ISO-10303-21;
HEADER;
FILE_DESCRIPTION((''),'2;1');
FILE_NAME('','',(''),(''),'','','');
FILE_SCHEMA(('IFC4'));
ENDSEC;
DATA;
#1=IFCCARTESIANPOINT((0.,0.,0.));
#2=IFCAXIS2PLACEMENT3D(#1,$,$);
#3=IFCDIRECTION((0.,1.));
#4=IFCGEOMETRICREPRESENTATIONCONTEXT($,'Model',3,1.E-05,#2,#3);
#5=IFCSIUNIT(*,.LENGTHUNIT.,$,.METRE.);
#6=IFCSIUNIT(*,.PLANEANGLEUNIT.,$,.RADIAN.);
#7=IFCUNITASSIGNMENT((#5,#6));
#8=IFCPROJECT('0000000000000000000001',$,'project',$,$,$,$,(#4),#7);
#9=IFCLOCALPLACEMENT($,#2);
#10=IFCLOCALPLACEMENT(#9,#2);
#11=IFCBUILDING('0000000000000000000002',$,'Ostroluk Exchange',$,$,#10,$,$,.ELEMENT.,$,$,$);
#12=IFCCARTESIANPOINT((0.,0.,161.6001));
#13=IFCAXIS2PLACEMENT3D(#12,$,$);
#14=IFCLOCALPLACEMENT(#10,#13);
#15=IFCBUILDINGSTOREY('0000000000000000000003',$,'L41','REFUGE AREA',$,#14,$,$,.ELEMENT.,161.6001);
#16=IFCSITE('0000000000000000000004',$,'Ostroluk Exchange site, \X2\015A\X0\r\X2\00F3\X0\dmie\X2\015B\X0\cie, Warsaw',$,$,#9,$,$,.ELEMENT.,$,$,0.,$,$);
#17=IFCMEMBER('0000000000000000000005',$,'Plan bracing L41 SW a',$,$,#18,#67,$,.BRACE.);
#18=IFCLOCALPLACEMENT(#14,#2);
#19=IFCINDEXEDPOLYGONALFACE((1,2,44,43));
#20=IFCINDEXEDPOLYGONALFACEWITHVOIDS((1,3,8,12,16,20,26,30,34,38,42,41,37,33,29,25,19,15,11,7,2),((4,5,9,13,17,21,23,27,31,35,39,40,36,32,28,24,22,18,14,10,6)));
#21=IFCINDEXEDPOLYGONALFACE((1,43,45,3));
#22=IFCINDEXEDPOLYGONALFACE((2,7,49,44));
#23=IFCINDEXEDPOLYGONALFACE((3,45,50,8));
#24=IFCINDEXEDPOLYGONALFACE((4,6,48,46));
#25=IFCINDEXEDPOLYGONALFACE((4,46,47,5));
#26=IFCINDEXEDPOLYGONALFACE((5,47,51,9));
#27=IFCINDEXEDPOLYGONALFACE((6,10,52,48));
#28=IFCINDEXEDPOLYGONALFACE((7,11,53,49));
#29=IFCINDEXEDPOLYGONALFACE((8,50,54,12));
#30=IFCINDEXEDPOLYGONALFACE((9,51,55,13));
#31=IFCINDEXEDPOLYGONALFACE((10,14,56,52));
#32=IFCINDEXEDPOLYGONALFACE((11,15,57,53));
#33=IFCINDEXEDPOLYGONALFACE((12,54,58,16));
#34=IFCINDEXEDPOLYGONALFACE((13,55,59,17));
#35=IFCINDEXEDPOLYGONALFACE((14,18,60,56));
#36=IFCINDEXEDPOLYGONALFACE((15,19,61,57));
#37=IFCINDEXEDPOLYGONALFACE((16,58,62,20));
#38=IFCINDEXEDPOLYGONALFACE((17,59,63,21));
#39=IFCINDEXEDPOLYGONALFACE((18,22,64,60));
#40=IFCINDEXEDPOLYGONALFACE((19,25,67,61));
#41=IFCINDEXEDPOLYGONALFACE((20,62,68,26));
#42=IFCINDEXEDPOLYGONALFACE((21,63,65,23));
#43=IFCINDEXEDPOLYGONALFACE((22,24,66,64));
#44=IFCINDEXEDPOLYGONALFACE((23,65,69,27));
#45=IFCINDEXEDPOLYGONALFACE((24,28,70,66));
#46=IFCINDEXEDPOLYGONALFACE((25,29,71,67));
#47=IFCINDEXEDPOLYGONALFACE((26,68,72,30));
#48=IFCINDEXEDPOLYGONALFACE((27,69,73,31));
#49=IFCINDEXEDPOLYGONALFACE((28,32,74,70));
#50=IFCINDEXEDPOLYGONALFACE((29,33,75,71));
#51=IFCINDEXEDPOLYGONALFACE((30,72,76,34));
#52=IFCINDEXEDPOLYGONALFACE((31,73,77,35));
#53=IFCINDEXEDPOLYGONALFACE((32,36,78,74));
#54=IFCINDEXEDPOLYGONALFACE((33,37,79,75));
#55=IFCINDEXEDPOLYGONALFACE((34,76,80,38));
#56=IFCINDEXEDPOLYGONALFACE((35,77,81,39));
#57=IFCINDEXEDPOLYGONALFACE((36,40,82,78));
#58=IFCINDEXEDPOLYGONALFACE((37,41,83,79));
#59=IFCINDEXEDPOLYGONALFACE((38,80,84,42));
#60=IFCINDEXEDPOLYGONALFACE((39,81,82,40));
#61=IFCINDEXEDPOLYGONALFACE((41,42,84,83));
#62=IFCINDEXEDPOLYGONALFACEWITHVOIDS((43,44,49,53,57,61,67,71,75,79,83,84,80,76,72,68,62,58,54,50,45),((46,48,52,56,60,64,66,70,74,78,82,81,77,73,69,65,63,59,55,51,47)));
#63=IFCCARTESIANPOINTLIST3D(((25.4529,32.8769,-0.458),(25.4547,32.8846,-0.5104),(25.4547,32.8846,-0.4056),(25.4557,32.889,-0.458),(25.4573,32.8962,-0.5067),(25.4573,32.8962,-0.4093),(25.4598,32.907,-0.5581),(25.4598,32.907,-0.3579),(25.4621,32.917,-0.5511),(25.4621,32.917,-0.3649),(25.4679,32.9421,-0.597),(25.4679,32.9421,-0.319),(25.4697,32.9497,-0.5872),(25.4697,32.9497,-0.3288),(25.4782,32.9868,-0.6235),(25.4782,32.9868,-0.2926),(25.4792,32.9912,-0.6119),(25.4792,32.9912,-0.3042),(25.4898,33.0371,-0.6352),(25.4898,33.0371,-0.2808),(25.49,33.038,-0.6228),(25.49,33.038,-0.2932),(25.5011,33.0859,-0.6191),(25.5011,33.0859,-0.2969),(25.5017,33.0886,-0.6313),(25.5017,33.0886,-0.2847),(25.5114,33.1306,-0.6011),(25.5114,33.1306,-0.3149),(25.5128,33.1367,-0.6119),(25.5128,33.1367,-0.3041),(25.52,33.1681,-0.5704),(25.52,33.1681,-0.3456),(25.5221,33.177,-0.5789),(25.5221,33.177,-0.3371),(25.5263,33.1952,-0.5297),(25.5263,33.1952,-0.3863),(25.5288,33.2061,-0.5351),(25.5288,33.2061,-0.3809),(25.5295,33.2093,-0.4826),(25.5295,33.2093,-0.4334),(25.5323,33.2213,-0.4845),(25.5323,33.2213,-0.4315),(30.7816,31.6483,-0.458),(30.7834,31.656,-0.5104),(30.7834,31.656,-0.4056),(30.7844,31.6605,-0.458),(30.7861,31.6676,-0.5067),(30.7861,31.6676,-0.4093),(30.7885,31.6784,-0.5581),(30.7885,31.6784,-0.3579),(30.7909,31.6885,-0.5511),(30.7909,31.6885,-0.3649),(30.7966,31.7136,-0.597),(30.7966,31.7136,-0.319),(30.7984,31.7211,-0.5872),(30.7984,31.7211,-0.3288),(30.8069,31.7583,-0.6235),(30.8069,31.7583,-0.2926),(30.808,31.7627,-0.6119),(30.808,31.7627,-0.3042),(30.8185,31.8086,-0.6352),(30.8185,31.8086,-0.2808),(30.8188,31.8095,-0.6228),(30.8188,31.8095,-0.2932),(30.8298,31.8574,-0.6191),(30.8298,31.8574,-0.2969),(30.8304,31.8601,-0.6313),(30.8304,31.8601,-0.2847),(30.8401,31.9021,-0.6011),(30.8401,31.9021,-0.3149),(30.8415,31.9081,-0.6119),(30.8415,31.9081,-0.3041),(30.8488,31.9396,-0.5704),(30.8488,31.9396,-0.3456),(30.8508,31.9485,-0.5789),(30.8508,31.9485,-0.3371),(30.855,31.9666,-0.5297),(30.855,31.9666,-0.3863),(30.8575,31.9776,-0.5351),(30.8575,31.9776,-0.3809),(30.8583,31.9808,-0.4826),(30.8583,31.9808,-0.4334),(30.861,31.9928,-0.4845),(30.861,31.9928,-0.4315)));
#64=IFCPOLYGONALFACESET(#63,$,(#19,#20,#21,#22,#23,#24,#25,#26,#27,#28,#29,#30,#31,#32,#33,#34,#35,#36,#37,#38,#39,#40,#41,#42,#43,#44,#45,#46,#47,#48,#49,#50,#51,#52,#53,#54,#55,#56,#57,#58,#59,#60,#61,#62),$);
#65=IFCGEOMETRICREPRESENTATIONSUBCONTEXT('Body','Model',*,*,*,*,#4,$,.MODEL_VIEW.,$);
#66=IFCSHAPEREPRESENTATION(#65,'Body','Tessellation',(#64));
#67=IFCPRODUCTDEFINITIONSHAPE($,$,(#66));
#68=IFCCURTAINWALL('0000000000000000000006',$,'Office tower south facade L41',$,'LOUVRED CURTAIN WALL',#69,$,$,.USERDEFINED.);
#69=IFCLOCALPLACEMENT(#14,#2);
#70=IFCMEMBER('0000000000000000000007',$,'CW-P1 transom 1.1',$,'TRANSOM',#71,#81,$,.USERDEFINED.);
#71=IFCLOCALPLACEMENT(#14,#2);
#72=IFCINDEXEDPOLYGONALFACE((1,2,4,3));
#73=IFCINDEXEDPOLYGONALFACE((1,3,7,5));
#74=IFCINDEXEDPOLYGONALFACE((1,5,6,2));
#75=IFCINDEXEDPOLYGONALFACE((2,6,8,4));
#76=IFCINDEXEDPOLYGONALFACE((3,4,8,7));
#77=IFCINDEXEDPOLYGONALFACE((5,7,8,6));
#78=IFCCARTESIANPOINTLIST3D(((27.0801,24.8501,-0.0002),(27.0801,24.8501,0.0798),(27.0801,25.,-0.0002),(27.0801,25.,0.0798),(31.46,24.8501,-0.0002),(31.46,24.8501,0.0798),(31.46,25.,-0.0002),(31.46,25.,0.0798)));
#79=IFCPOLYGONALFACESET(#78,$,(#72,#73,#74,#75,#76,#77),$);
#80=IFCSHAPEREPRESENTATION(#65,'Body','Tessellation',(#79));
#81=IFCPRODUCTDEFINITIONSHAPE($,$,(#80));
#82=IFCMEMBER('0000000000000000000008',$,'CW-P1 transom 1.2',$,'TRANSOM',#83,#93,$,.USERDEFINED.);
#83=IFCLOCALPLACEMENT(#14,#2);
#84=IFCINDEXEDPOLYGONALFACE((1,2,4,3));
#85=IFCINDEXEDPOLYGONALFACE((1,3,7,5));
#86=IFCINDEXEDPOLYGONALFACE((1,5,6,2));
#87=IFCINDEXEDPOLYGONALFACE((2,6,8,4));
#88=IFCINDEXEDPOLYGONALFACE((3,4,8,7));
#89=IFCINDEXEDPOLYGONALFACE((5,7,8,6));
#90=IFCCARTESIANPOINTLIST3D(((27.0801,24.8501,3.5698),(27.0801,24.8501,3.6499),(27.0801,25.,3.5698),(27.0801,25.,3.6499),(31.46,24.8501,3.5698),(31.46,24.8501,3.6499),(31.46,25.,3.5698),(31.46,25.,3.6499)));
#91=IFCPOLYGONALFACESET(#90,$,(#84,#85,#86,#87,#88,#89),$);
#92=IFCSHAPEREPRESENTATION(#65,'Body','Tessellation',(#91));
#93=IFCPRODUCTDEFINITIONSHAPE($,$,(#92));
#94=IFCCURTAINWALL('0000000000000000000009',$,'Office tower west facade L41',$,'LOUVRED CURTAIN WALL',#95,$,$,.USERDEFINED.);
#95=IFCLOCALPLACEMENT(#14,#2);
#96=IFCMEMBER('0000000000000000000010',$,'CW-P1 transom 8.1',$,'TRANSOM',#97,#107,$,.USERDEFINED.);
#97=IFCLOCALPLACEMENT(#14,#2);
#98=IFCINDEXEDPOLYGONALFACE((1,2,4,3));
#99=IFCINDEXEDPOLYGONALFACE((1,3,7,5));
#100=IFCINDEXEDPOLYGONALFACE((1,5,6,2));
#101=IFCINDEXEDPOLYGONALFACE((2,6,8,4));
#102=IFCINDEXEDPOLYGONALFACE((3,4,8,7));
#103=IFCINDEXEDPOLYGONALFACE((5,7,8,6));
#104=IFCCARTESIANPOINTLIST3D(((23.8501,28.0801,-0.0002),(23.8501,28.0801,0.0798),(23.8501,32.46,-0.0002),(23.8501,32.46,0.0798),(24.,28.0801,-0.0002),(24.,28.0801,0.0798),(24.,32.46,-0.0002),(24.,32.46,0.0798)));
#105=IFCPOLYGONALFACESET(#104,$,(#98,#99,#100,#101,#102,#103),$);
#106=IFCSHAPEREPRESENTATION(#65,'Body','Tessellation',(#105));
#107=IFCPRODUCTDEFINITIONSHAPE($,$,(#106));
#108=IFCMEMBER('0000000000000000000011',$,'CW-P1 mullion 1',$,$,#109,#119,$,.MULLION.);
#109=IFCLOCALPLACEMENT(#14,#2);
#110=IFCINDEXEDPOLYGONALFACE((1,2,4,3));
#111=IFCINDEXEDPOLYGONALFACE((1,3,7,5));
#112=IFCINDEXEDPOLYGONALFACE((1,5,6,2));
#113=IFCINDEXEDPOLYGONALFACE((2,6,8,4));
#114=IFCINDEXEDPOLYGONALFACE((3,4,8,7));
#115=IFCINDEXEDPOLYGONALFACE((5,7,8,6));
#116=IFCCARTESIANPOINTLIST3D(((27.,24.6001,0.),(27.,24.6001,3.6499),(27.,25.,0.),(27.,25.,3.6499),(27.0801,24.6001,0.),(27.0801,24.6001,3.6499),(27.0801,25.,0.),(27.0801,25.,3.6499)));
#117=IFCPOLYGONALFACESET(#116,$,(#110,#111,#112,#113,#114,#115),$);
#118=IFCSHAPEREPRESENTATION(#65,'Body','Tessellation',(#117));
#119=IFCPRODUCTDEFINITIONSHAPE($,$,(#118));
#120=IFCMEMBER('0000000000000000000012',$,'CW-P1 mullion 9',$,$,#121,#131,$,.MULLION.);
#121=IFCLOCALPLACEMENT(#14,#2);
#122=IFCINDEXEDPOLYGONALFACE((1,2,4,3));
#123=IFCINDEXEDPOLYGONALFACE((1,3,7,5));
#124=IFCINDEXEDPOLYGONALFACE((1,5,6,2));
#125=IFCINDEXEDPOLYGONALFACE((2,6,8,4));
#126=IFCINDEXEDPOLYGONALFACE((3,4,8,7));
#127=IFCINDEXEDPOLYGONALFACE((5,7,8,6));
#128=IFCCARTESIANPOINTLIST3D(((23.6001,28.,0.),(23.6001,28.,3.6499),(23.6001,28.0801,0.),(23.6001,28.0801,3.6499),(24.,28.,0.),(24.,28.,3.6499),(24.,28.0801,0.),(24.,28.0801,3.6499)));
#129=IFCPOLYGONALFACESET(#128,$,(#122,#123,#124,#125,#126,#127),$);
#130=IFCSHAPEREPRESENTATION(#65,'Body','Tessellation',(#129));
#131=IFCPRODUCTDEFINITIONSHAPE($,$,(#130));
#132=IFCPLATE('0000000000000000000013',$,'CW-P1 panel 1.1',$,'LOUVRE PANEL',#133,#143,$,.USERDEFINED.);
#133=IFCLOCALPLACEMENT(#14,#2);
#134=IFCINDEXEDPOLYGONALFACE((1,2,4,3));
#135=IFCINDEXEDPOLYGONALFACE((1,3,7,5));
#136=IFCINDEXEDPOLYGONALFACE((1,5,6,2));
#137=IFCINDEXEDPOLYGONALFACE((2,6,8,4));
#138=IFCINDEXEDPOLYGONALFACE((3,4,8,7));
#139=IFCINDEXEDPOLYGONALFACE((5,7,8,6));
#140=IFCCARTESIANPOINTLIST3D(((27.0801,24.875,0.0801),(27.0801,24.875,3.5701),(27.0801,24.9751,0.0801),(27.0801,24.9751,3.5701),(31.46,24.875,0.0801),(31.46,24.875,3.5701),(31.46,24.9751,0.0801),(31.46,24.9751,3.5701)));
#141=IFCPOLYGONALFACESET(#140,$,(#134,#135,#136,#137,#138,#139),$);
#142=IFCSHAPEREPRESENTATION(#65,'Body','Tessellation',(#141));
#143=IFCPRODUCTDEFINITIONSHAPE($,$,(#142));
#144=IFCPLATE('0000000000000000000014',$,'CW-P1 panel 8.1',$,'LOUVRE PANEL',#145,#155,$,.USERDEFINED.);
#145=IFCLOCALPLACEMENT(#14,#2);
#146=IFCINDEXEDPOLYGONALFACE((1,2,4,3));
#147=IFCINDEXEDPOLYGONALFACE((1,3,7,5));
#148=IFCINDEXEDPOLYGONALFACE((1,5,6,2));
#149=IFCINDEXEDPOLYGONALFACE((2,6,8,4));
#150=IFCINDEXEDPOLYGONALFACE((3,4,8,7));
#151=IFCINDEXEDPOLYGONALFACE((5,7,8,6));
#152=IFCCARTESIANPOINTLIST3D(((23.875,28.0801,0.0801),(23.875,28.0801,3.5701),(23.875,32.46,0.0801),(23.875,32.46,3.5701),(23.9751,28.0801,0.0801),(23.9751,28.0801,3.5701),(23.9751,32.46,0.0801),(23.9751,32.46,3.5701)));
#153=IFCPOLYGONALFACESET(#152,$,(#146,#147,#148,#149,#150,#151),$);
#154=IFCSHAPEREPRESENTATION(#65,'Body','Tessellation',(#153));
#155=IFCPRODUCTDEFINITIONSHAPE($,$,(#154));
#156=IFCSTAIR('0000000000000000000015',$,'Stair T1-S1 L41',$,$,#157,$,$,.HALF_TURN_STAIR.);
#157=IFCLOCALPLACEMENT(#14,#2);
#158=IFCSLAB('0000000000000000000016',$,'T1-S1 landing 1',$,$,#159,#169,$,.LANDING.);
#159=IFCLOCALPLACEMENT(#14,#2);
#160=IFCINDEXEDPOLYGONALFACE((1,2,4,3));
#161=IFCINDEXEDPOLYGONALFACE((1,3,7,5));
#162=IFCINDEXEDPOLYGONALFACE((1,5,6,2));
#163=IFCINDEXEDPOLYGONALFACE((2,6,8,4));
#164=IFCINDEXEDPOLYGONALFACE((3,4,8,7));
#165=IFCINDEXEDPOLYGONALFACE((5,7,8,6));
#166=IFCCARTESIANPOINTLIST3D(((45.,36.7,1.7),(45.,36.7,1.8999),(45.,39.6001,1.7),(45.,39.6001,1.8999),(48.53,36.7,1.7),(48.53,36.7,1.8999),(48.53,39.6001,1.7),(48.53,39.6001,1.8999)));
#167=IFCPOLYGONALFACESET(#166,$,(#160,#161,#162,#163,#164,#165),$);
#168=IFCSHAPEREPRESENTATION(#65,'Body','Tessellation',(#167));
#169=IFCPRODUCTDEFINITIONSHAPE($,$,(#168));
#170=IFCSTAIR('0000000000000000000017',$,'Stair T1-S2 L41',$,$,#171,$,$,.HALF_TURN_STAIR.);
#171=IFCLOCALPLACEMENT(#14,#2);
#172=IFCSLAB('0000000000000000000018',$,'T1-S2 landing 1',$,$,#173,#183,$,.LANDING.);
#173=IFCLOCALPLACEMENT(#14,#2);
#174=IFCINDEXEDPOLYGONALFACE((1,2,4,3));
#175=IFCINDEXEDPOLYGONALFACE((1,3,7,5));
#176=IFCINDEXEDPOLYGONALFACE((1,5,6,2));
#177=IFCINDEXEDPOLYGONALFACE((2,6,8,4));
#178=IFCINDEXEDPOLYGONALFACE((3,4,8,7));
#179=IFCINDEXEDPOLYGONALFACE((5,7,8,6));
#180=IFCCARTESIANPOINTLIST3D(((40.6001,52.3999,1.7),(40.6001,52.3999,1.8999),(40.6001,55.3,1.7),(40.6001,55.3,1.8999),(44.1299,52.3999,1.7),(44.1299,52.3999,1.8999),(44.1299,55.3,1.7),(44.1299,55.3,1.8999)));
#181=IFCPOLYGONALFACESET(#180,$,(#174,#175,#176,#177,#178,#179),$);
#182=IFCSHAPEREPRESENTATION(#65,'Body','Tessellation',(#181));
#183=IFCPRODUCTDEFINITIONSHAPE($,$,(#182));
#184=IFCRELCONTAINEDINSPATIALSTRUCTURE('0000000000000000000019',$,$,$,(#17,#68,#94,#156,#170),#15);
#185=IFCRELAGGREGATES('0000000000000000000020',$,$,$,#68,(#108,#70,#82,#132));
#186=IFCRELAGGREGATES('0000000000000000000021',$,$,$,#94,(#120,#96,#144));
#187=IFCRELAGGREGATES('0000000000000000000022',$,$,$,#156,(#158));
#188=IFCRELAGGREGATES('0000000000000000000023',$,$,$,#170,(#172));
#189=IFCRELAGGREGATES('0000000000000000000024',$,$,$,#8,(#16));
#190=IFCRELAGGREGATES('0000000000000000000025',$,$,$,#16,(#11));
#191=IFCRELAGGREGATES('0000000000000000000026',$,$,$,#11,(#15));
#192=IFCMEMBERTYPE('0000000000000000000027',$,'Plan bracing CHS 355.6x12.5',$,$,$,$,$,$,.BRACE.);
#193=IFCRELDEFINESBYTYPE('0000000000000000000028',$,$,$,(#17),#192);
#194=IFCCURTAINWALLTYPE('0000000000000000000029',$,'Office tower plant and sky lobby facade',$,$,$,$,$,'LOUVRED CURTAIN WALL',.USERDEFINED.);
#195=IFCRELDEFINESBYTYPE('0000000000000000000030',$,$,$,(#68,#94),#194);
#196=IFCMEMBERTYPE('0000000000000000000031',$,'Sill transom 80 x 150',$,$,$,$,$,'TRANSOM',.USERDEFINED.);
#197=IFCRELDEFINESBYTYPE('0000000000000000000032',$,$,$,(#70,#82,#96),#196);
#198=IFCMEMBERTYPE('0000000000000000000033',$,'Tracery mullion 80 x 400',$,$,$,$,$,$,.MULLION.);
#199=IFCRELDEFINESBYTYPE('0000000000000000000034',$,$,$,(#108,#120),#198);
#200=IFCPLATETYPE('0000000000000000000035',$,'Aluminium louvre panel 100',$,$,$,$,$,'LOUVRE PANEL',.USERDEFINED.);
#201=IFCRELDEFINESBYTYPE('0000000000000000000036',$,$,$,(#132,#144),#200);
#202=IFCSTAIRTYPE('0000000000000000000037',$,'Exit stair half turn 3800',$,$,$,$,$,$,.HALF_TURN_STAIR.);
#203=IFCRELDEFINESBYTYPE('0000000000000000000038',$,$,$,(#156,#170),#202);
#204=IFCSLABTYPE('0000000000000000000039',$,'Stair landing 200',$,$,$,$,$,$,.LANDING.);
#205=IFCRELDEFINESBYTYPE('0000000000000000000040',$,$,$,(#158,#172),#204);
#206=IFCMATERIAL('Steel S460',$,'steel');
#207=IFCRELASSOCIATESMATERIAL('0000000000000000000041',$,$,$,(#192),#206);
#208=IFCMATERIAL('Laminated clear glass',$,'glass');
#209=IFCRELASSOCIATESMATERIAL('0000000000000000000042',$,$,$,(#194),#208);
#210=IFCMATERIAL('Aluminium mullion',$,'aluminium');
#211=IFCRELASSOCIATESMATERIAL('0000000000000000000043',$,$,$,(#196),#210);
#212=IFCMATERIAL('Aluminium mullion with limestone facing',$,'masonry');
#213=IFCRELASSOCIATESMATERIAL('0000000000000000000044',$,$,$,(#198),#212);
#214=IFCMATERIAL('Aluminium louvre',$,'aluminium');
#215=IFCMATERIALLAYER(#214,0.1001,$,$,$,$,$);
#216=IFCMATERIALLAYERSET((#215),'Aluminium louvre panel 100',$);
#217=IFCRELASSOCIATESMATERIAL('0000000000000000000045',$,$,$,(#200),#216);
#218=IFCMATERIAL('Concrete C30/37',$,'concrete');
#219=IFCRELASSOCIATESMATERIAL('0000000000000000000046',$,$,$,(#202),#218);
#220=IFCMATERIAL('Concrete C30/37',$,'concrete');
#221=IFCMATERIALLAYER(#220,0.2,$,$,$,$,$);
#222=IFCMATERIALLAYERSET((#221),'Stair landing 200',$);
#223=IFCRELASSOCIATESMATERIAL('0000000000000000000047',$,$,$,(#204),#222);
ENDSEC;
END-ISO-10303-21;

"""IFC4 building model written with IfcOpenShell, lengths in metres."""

from ifc_helpers import new_model, si_unit, direction, frame, origin, origin_2d, place, context, subcontext, project, spatial, polyline, rectangle, hollow_circle, outline, extrude, material, layer, layer_set, material_profile, profile_set, type_object, element, aggregate, save


model = new_model("IFC4")

# Units and contexts
model_context = context("Model", 3, precision=1e-05, world=origin(), true_north=direction((0.0, 1.0)))
body_context = subcontext(model_context, "Body", "Model", "MODEL_VIEW")
ifc_project = project(units=[si_unit("LENGTHUNIT", "METRE"), si_unit("PLANEANGLEUNIT", "RADIAN")], contexts=[model_context])

# Site, building, storey
site_placement = place(None, origin())
site = spatial("IfcSite", under=ifc_project, at=site_placement, Name="Ostroluk Exchange site, Śródmieście, Warsaw", CompositionType="ELEMENT", RefElevation=0.0)
building_placement = place(site_placement, origin())
building = spatial("IfcBuilding", under=site, at=building_placement, Name="Ostroluk Exchange", CompositionType="ELEMENT")
storey_placement = place(building_placement, frame((0.0, 0.0, 161.6001)))
storey = spatial("IfcBuildingStorey", under=building, at=storey_placement, Name="L41", Description="REFUGE AREA", CompositionType="ELEMENT", Elevation=161.6001)

# Member
ifc_material_1 = material(Name="Steel S460", Category="steel")
ifc_material_profile_1 = material_profile(ifc_material_1, hollow_circle(Radius=0.1777, WallThickness=0.0125, at=origin_2d()), Name="CHS 355.6x12.5")
ifc_profile_set_1 = profile_set([ifc_material_profile_1], Name="Steel S460")
member_type_1 = type_object("IfcMemberType", Name="Plan bracing CHS 355.6x12.5", PredefinedType="BRACE", material=ifc_profile_set_1)
member_1_placement = place(storey_placement, frame((30.8215, 31.8215, -0.458), z_axis=(-0.974438, 0.224657, 0.0), x_axis=(-0.224657, -0.974438, 0.0)))
element("IfcMember", 1, at=member_1_placement, inside=storey, type_object=member_type_1, Name="Plan bracing L41 SW a", PredefinedType="BRACE", context=body_context, shape_type="SweptSolid", body=[
    extrude(hollow_circle(Radius=0.1777, WallThickness=0.0125, at=origin_2d()), origin(), (0.0, 0.0, 1.0), 5.4685),
])

# Curtain wall, members
ifc_material_2 = material(Name="Laminated clear glass", Category="glass")
curtain_wall_type = type_object("IfcCurtainWallType", Name="Office tower plant and sky lobby facade", ElementType="LOUVRED CURTAIN WALL", PredefinedType="USERDEFINED", material=ifc_material_2)
curtain_wall_1_placement = place(storey_placement, origin())
curtain_wall_1 = element("IfcCurtainWall", 2, at=curtain_wall_1_placement, inside=storey, type_object=curtain_wall_type, Name="Office tower south facade L41", ObjectType="LOUVRED CURTAIN WALL", PredefinedType="USERDEFINED")
ifc_material_3 = material(Name="Aluminium mullion", Category="aluminium")
ifc_material_profile_2 = material_profile(ifc_material_3, rectangle(XDim=0.1499, YDim=0.0801, at=origin_2d()), Name="Sill transom 80 x 150")
ifc_profile_set_2 = profile_set([ifc_material_profile_2], Name="Aluminium mullion")
member_type_2 = type_object("IfcMemberType", Name="Sill transom 80 x 150", ElementType="TRANSOM", PredefinedType="USERDEFINED", material=ifc_profile_set_2)
member_2_placement = place(storey_placement, frame((27.0801, 24.925, 0.0398), z_axis=(1.0, 0.0, 0.0), x_axis=(0.0, 1.0, 0.0)))
member_2 = element("IfcMember", 3, at=member_2_placement, type_object=member_type_2, Name="CW-P1 transom 1.1", ObjectType="TRANSOM", PredefinedType="USERDEFINED", context=body_context, shape_type="SweptSolid", body=[
    extrude(rectangle(XDim=0.1499, YDim=0.0801, at=origin_2d()), origin(), (0.0, 0.0, 1.0), 4.3799),
])
member_3_placement = place(storey_placement, frame((27.0801, 24.925, 3.6099), z_axis=(1.0, 0.0, 0.0), x_axis=(0.0, 1.0, 0.0)))
member_3 = element("IfcMember", 4, at=member_3_placement, type_object=member_type_2, Name="CW-P1 transom 1.2", ObjectType="TRANSOM", PredefinedType="USERDEFINED", context=body_context, shape_type="SweptSolid", body=[
    extrude(rectangle(XDim=0.1499, YDim=0.0801, at=origin_2d()), origin(), (0.0, 0.0, 1.0), 4.3799),
])

# Curtain wall, member
curtain_wall_2_placement = place(storey_placement, origin())
curtain_wall_2 = element("IfcCurtainWall", 5, at=curtain_wall_2_placement, inside=storey, type_object=curtain_wall_type, Name="Office tower west facade L41", ObjectType="LOUVRED CURTAIN WALL", PredefinedType="USERDEFINED")
member_4_placement = place(storey_placement, frame((23.925, 32.46, 0.0398), z_axis=(0.0, -1.0, 0.0), x_axis=(1.0, 0.0, 0.0)))
member_4 = element("IfcMember", 6, at=member_4_placement, type_object=member_type_2, Name="CW-P1 transom 8.1", ObjectType="TRANSOM", PredefinedType="USERDEFINED", context=body_context, shape_type="SweptSolid", body=[
    extrude(rectangle(XDim=0.1499, YDim=0.0801, at=origin_2d()), origin(), (0.0, 0.0, 1.0), 4.3799),
])

# Members
ifc_material_4 = material(Name="Aluminium mullion with limestone facing", Category="masonry")
ifc_material_profile_3 = material_profile(ifc_material_4, rectangle(XDim=0.3999, YDim=0.0801, at=origin_2d()), Name="Tracery mullion 80 x 400")
ifc_profile_set_3 = profile_set([ifc_material_profile_3], Name="Aluminium mullion with limestone facing")
member_type_3 = type_object("IfcMemberType", Name="Tracery mullion 80 x 400", PredefinedType="MULLION", material=ifc_profile_set_3)
member_5_placement = place(storey_placement, frame((27.04, 24.8, 0.0), z_axis=(0.0, 0.0, 1.0), x_axis=(0.0, 1.0, 0.0)))
member_5 = element("IfcMember", 7, at=member_5_placement, type_object=member_type_3, Name="CW-P1 mullion 1", PredefinedType="MULLION", context=body_context, shape_type="SweptSolid", body=[
    extrude(rectangle(XDim=0.3999, YDim=0.0801, at=origin_2d()), origin(), (0.0, 0.0, 1.0), 3.6499),
])
member_6_placement = place(storey_placement, frame((23.8, 28.04, 0.0), z_axis=(0.0, 0.0, 1.0), x_axis=(1.0, 0.0, 0.0)))
member_6 = element("IfcMember", 8, at=member_6_placement, type_object=member_type_3, Name="CW-P1 mullion 9", PredefinedType="MULLION", context=body_context, shape_type="SweptSolid", body=[
    extrude(rectangle(XDim=0.3999, YDim=0.0801, at=origin_2d()), origin(), (0.0, 0.0, 1.0), 3.6499),
])

# Plates
ifc_material_5 = material(Name="Aluminium louvre", Category="aluminium")
ifc_layer_1 = layer(ifc_material_5, 0.1001)
ifc_layer_set_1 = layer_set([ifc_layer_1], Name="Aluminium louvre panel 100")
plate_type = type_object("IfcPlateType", Name="Aluminium louvre panel 100", ElementType="LOUVRE PANEL", PredefinedType="USERDEFINED", material=ifc_layer_set_1)
plate_1_placement = place(storey_placement, frame((29.27, 24.925, 0.0801), z_axis=(0.0, 0.0, 1.0), x_axis=(1.0, 0.0, 0.0)))
plate_1 = element("IfcPlate", 9, at=plate_1_placement, type_object=plate_type, Name="CW-P1 panel 1.1", ObjectType="LOUVRE PANEL", PredefinedType="USERDEFINED", context=body_context, shape_type="SweptSolid", body=[
    extrude(rectangle(XDim=4.3799, YDim=0.1001, at=origin_2d()), origin(), (0.0, 0.0, 1.0), 3.49),
])
aggregate(curtain_wall_1, [member_5, member_2, member_3, plate_1])
plate_2_placement = place(storey_placement, frame((23.925, 30.27, 0.0801), z_axis=(0.0, 0.0, 1.0), x_axis=(0.0, -1.0, 0.0)))
plate_2 = element("IfcPlate", 10, at=plate_2_placement, type_object=plate_type, Name="CW-P1 panel 8.1", ObjectType="LOUVRE PANEL", PredefinedType="USERDEFINED", context=body_context, shape_type="SweptSolid", body=[
    extrude(rectangle(XDim=4.3799, YDim=0.1001, at=origin_2d()), origin(), (0.0, 0.0, 1.0), 3.49),
])
aggregate(curtain_wall_2, [member_6, member_4, plate_2])

# Stairs, slabs
ifc_material_6 = material(Name="Concrete C30/37", Category="concrete")
stair_type = type_object("IfcStairType", Name="Exit stair half turn 3800", PredefinedType="HALF_TURN_STAIR", material=ifc_material_6)
stair_1_placement = place(storey_placement, origin())
stair_1 = element("IfcStair", 11, at=stair_1_placement, inside=storey, type_object=stair_type, Name="Stair T1-S1 L41", PredefinedType="HALF_TURN_STAIR")
ifc_material_7 = material(Name="Concrete C30/37", Category="concrete")
ifc_layer_2 = layer(ifc_material_7, 0.2)
ifc_layer_set_2 = layer_set([ifc_layer_2], Name="Stair landing 200")
slab_type_1 = type_object("IfcSlabType", Name="Stair landing 200", PredefinedType="LANDING", material=ifc_layer_set_2)
slab_1_placement = place(storey_placement, frame((0.0, 0.0, 1.7)))
slab_1 = element("IfcSlab", 12, at=slab_1_placement, type_object=slab_type_1, Name="T1-S1 landing 1", PredefinedType="LANDING", context=body_context, shape_type="SweptSolid", body=[
    extrude(outline(polyline([(45.0, 36.7), (45.0, 39.6001), (48.53, 39.6001), (48.53, 36.7), (45.0, 36.7)])), origin(), (0.0, 0.0, 1.0), 0.2),
])
aggregate(stair_1, [slab_1])
stair_2_placement = place(storey_placement, origin())
stair_2 = element("IfcStair", 13, at=stair_2_placement, inside=storey, type_object=stair_type, Name="Stair T1-S2 L41", PredefinedType="HALF_TURN_STAIR")
slab_2_placement = place(storey_placement, frame((0.0, 0.0, 1.7)))
slab_2 = element("IfcSlab", 14, at=slab_2_placement, type_object=slab_type_1, Name="T1-S2 landing 1", PredefinedType="LANDING", context=body_context, shape_type="SweptSolid", body=[
    extrude(outline(polyline([(44.1299, 52.3999), (44.1299, 55.3), (40.6001, 55.3), (40.6001, 52.3999), (44.1299, 52.3999)])), origin(), (0.0, 0.0, 1.0), 0.2),
])
aggregate(stair_2, [slab_2])

save(model, "model.ifc")
